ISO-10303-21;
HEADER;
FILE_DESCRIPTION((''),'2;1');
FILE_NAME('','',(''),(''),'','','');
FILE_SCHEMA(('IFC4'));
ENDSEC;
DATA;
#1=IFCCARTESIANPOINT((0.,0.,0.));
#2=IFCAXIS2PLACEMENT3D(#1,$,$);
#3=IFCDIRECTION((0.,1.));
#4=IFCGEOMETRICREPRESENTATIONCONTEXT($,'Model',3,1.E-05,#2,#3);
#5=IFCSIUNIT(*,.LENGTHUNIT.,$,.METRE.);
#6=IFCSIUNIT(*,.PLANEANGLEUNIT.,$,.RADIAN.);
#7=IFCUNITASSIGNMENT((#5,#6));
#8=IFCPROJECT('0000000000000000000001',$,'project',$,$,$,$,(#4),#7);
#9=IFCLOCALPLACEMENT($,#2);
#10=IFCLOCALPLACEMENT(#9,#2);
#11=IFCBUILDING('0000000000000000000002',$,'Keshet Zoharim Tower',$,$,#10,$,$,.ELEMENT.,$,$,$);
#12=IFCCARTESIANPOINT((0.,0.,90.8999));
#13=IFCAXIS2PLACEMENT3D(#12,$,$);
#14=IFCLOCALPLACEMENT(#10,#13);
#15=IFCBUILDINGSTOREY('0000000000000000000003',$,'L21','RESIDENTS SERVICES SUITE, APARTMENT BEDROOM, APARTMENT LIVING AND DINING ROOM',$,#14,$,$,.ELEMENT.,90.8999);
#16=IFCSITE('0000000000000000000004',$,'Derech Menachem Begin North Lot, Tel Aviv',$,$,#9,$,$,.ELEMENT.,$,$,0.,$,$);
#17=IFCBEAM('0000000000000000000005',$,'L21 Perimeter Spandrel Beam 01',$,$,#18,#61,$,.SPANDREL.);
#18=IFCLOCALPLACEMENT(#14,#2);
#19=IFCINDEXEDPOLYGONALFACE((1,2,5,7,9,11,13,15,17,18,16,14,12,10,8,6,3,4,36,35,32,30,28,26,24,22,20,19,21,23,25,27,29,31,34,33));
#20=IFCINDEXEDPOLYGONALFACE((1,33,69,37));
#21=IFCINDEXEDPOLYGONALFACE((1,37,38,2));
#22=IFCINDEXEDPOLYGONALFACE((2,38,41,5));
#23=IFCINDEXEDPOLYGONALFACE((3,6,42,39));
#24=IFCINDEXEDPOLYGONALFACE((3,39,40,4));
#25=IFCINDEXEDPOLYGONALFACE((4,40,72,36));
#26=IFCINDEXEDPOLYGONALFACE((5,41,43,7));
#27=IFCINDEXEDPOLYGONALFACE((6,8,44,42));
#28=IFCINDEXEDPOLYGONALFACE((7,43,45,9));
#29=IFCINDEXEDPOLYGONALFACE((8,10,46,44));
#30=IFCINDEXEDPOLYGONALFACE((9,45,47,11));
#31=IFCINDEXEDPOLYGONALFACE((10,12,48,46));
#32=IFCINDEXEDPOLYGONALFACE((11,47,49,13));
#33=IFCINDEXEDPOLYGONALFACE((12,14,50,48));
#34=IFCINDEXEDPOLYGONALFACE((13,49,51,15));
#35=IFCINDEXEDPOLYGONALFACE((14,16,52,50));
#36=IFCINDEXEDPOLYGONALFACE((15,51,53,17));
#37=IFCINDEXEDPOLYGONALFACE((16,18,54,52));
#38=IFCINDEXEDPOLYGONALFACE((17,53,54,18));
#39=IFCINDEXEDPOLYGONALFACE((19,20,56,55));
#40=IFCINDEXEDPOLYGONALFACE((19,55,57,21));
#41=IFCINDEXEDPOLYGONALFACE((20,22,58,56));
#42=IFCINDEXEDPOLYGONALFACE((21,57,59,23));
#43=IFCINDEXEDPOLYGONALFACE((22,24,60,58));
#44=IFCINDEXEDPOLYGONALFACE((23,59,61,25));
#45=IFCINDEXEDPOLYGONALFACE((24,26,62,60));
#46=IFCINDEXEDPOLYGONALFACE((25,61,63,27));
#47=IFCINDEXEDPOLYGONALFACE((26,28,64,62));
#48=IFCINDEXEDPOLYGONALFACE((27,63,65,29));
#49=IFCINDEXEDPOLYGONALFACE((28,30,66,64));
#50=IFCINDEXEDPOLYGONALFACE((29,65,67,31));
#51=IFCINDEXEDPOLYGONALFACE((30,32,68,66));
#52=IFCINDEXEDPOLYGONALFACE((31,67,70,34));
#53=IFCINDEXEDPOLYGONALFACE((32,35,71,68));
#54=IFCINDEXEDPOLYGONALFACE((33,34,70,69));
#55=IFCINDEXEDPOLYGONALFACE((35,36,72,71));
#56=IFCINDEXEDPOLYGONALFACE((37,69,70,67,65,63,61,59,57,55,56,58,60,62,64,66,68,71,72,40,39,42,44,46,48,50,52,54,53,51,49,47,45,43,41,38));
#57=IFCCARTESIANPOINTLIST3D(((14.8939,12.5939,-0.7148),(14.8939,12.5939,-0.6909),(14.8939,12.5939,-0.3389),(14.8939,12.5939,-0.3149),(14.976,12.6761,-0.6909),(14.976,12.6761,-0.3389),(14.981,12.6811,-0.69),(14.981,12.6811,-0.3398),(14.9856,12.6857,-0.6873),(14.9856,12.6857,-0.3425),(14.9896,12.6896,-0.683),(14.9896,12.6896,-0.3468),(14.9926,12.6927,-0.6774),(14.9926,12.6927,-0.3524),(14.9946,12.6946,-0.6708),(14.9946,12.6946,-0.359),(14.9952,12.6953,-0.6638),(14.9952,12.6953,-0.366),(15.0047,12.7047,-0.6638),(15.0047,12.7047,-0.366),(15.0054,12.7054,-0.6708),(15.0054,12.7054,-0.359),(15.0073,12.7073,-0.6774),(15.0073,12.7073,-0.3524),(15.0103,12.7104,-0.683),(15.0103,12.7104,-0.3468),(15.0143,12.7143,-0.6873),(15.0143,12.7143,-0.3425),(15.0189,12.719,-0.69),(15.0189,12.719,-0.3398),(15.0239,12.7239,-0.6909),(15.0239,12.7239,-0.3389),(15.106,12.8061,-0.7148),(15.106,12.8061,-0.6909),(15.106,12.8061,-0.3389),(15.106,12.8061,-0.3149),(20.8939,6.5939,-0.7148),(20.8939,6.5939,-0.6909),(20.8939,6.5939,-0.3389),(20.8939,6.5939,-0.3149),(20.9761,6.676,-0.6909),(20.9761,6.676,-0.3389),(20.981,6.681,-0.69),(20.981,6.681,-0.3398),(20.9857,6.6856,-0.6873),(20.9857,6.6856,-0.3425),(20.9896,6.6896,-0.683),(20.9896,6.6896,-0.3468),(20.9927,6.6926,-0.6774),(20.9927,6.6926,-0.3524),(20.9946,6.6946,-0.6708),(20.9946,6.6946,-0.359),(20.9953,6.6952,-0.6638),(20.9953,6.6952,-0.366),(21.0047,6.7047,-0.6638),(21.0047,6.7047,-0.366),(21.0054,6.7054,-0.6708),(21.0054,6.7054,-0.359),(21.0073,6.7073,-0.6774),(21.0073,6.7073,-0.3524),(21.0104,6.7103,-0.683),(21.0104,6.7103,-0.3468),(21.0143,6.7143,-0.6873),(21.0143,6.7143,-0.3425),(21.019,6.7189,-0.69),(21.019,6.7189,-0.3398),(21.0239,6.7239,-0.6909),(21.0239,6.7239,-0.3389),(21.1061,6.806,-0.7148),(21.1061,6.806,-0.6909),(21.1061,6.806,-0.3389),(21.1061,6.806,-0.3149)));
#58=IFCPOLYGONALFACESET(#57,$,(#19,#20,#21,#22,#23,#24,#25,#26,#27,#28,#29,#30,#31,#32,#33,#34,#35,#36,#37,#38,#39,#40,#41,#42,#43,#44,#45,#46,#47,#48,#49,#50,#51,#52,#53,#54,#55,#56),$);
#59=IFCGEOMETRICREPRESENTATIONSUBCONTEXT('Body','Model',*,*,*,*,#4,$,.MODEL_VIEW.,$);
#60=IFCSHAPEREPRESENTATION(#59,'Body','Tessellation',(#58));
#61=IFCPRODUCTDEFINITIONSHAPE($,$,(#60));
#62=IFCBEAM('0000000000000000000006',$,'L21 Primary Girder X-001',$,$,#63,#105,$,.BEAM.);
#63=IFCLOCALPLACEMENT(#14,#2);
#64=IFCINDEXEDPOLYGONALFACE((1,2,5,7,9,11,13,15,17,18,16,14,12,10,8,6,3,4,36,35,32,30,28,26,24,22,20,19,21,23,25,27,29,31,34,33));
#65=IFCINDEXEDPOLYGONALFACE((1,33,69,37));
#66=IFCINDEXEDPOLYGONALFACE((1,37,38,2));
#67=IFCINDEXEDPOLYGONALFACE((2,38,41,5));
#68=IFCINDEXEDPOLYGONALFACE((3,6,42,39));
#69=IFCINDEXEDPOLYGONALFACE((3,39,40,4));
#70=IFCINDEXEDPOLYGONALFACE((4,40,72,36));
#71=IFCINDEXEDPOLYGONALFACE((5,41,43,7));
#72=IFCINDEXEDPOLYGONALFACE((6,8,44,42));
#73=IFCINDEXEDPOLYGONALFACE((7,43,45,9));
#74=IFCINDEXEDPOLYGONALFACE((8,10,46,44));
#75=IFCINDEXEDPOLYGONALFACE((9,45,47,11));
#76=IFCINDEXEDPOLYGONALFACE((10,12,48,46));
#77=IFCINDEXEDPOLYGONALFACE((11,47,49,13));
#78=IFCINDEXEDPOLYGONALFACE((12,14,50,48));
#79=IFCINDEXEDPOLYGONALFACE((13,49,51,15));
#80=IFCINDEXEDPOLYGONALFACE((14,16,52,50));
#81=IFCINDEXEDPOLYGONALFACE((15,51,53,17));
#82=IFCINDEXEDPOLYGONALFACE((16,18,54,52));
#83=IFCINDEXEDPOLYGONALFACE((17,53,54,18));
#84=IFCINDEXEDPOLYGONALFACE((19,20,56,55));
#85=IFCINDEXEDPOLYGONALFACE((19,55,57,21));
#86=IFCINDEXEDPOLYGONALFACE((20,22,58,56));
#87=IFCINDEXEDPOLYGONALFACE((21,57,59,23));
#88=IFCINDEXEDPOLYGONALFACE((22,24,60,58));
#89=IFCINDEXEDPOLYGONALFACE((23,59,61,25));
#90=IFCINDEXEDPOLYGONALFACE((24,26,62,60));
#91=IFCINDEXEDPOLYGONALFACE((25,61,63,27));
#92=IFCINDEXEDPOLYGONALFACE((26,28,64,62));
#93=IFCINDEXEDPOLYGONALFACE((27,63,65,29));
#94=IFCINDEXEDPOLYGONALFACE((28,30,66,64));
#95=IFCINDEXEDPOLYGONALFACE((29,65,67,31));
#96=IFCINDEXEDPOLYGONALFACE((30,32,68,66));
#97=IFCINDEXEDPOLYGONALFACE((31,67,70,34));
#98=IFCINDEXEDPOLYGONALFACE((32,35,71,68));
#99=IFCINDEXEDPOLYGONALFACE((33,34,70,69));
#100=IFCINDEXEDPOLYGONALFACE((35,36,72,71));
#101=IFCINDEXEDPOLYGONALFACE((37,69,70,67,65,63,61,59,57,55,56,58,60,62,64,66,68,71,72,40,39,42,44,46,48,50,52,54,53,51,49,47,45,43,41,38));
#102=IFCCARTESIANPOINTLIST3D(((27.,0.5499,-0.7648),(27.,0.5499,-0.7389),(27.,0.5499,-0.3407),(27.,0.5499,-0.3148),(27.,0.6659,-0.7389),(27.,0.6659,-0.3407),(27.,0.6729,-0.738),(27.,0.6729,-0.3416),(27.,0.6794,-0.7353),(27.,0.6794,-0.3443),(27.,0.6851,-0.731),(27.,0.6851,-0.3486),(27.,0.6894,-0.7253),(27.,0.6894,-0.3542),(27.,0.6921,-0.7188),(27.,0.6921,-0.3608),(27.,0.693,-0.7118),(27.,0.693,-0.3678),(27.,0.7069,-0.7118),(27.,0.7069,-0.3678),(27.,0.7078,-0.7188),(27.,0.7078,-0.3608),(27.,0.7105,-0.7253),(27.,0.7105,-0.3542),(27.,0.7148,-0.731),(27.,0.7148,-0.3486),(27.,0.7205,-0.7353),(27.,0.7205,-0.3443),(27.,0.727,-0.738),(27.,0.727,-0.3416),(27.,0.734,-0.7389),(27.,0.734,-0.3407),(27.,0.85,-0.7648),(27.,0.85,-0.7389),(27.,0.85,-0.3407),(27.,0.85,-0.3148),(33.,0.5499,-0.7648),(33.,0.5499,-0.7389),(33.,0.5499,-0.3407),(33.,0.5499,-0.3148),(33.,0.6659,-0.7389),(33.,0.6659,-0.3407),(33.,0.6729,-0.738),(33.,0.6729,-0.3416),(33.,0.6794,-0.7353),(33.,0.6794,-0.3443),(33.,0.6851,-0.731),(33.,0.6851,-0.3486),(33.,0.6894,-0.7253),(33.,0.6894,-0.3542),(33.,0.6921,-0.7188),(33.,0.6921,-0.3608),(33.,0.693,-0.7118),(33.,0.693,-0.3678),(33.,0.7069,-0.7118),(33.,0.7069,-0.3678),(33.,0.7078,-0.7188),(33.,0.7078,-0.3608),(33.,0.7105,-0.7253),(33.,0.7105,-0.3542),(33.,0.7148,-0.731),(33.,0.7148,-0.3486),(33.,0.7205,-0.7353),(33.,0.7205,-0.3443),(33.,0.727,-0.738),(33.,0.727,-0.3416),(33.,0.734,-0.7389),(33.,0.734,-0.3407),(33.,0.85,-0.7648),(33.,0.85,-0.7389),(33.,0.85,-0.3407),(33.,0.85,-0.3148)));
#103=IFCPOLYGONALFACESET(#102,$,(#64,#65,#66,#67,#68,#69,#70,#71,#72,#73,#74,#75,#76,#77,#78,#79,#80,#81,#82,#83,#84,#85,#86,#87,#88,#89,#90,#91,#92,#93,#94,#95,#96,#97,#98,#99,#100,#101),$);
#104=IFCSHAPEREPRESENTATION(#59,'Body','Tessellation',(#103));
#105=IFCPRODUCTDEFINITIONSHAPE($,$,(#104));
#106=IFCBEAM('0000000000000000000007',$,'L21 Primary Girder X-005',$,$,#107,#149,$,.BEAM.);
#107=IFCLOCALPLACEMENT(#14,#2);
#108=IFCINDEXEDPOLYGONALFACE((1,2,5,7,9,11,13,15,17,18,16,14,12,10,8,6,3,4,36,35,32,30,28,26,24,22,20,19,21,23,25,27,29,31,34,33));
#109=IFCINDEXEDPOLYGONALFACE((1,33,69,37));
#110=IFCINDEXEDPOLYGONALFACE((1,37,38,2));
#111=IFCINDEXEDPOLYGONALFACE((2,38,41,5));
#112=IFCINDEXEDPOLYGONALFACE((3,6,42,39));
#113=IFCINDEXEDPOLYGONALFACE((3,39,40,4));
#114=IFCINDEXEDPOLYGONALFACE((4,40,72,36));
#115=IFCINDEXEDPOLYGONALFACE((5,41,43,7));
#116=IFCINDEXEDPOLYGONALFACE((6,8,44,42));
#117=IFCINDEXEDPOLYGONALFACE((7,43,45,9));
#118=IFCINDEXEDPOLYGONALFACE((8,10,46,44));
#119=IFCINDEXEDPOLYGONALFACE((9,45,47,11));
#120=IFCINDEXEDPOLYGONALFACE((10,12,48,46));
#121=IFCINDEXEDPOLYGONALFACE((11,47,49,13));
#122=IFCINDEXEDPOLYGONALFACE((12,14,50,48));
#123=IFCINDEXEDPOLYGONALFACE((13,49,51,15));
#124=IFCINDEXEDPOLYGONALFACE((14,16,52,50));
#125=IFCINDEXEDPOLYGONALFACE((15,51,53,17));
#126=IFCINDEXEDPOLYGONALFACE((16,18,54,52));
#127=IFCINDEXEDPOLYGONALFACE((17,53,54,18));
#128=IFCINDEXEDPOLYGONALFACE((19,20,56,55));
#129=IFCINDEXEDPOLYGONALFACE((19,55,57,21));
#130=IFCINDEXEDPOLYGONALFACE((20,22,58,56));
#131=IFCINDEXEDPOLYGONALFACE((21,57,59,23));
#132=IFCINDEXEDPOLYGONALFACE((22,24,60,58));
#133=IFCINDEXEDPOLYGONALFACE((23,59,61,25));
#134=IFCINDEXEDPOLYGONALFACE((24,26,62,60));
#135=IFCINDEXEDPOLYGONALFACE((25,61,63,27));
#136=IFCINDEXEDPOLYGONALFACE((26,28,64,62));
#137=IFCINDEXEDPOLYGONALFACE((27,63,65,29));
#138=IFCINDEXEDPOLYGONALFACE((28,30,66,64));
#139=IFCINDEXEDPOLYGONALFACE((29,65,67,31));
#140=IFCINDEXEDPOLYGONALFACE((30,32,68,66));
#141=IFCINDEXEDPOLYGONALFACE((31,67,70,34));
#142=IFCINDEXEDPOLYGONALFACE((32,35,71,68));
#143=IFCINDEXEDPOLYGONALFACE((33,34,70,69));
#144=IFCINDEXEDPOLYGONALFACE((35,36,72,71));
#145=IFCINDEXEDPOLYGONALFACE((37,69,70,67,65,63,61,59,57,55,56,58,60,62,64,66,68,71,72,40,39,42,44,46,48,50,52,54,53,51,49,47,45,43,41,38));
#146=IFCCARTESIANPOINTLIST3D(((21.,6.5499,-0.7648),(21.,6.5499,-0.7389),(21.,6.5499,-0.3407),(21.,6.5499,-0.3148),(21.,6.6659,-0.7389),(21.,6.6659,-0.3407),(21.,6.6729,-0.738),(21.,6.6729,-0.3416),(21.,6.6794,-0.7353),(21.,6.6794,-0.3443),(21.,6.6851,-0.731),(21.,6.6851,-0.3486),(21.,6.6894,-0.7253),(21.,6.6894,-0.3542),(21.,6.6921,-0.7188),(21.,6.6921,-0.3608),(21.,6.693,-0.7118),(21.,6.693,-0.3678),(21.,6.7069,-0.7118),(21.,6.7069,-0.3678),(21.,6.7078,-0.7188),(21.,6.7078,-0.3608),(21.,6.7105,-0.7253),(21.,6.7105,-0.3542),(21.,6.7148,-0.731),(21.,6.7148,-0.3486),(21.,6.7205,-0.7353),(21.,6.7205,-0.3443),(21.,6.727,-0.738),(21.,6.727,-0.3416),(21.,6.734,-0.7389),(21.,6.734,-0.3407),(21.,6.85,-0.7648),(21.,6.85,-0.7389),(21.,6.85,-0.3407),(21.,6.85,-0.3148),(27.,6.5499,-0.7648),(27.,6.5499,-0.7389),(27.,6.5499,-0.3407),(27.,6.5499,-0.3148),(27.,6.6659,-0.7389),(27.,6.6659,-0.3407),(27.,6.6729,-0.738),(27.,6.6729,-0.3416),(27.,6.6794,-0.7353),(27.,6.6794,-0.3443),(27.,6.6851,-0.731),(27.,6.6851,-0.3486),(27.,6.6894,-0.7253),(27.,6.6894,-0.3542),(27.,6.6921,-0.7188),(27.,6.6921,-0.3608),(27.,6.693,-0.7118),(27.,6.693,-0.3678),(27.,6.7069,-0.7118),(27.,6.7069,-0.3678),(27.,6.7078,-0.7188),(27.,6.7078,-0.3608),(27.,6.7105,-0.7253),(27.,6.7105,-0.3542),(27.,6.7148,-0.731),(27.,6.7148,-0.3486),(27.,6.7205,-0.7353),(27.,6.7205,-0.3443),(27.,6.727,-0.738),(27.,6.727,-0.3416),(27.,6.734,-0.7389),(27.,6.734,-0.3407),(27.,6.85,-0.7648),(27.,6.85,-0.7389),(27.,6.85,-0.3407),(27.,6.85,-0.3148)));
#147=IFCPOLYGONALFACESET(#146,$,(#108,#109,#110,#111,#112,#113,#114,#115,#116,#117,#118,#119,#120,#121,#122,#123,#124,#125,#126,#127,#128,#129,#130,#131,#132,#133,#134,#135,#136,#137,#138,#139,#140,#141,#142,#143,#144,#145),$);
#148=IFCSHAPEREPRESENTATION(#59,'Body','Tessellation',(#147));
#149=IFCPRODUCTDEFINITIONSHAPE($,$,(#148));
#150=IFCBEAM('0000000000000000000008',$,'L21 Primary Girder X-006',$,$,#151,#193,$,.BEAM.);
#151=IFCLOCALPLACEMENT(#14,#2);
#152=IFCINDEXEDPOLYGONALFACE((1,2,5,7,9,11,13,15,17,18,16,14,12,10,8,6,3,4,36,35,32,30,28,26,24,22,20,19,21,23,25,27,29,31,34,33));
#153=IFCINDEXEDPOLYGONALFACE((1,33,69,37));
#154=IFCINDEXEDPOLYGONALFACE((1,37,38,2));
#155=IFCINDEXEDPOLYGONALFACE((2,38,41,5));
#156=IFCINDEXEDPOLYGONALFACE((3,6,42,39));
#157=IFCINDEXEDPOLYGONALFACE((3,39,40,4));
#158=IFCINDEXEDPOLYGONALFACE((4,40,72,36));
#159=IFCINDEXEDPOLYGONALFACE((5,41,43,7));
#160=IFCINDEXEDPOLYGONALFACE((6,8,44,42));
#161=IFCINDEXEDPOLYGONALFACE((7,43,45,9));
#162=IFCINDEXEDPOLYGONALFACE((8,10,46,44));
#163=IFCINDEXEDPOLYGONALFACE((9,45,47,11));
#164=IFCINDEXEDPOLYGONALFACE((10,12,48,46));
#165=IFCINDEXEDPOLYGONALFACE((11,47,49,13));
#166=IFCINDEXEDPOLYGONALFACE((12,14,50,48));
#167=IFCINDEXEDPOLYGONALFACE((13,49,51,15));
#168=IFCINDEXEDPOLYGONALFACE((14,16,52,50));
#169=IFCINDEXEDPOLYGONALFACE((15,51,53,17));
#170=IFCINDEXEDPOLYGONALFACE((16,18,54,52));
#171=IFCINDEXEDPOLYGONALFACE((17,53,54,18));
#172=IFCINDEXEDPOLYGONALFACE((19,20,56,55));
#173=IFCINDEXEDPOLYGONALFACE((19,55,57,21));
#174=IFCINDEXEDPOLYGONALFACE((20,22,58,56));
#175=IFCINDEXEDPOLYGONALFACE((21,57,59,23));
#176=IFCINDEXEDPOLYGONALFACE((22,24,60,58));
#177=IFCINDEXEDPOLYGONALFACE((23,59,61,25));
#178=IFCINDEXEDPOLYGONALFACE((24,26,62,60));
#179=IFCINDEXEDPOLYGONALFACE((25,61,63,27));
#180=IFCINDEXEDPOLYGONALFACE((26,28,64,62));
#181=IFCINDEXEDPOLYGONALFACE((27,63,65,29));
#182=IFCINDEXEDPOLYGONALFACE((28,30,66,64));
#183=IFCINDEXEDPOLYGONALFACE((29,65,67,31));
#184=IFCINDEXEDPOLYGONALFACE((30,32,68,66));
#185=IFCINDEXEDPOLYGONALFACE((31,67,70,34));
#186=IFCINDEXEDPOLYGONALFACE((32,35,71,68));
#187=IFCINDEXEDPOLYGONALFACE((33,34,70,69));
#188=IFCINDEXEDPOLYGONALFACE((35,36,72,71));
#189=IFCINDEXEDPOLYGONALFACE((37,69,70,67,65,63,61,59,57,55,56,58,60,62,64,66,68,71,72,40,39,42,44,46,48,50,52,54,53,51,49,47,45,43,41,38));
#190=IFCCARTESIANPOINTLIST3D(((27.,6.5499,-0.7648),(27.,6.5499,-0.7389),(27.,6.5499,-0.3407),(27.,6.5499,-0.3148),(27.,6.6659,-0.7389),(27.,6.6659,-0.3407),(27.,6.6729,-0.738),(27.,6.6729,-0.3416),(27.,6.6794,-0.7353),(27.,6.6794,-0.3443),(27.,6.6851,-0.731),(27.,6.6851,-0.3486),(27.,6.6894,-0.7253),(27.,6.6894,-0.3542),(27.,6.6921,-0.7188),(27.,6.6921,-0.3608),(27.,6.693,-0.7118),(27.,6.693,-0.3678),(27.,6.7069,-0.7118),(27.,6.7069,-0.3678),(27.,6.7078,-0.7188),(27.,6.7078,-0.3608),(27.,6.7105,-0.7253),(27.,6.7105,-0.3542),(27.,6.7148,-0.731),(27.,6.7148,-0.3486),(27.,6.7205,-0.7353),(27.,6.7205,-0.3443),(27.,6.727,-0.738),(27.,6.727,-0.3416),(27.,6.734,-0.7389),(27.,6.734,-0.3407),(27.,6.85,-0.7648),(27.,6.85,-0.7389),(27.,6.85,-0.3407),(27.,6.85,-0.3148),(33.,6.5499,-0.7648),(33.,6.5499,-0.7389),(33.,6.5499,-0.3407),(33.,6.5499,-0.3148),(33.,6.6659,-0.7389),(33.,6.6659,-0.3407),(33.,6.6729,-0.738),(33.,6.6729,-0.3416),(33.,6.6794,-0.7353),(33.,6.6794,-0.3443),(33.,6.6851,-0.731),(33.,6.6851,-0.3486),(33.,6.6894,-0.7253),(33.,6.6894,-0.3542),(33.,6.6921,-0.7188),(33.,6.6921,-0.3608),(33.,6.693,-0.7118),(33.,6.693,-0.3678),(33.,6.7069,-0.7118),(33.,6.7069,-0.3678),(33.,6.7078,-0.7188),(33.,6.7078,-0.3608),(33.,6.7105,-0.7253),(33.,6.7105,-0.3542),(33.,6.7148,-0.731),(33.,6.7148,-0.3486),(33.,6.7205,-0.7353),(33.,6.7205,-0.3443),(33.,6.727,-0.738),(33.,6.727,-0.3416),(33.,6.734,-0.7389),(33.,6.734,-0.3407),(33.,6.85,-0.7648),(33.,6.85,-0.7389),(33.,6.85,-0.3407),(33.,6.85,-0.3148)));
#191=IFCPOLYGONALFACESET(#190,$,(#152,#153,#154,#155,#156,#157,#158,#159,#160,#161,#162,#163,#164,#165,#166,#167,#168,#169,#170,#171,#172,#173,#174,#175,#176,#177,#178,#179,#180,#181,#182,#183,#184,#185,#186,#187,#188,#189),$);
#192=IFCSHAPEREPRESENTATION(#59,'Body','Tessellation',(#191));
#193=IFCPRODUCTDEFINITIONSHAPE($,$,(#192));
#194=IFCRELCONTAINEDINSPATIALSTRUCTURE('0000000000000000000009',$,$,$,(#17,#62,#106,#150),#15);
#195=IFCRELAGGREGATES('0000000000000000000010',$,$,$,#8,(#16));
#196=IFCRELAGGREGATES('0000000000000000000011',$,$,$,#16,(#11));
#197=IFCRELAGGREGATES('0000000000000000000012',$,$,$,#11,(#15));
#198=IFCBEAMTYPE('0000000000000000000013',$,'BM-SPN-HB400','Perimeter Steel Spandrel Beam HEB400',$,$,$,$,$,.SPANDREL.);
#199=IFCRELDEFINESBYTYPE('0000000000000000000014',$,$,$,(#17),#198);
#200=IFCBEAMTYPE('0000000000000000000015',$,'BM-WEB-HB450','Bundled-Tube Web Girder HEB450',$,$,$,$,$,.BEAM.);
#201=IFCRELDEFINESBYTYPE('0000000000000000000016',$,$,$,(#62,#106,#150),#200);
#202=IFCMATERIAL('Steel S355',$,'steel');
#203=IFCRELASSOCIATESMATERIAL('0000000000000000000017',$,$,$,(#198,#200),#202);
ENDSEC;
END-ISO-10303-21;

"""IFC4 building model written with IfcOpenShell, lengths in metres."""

from ifc_helpers import new_model, si_unit, direction, frame, origin, origin_2d, place, context, subcontext, project, spatial, i_section, extrude, material, material_profile, profile_set, type_object, element, save


model = new_model("IFC4")

# Units and contexts
model_context = context("Model", 3, precision=1e-05, world=origin(), true_north=direction((0.0, 1.0)))
body_context = subcontext(model_context, "Body", "Model", "MODEL_VIEW")
ifc_project = project(units=[si_unit("LENGTHUNIT", "METRE"), si_unit("PLANEANGLEUNIT", "RADIAN")], contexts=[model_context])

# Site, building, storey
site_placement = place(None, origin())
site = spatial("IfcSite", under=ifc_project, at=site_placement, Name="Derech Menachem Begin North Lot, Tel Aviv", CompositionType="ELEMENT", RefElevation=0.0)
building_placement = place(site_placement, origin())
building = spatial("IfcBuilding", under=site, at=building_placement, Name="Keshet Zoharim Tower", CompositionType="ELEMENT")
storey_placement = place(building_placement, frame((0.0, 0.0, 90.8999)))
storey = spatial("IfcBuildingStorey", under=building, at=storey_placement, Name="L21", Description="RESIDENTS SERVICES SUITE, APARTMENT BEDROOM, APARTMENT LIVING AND DINING ROOM", CompositionType="ELEMENT", Elevation=90.8999)

# Shared definitions
ifc_material_1 = material(Name="Steel S355", Category="steel")

# Beams
ifc_material_profile_1 = material_profile(ifc_material_1, i_section(OverallWidth=0.3, OverallDepth=0.3999, WebThickness=0.0134, FlangeThickness=0.0239, FilletRadius=0.0271, at=origin_2d()), Name="HEB400")
ifc_profile_set_1 = profile_set([ifc_material_profile_1], Name="Steel S355")
beam_type_1 = type_object("IfcBeamType", Name="BM-SPN-HB400", Description="Perimeter Steel Spandrel Beam HEB400", PredefinedType="SPANDREL", material=ifc_profile_set_1)
beam_1_placement = place(storey_placement, frame((21.0, 6.7, -0.5149), z_axis=(-0.707107, 0.707107, 0.0), x_axis=(-0.707107, -0.707107, 0.0)))
element("IfcBeam", 1, at=beam_1_placement, inside=storey, type_object=beam_type_1, Name="L21 Perimeter Spandrel Beam 01", PredefinedType="SPANDREL", context=body_context, shape_type="SweptSolid", body=[
    extrude(i_section(OverallWidth=0.3, OverallDepth=0.3999, WebThickness=0.0134, FlangeThickness=0.0239, FilletRadius=0.0271, at=origin_2d()), origin(), (0.0, 0.0, 1.0), 8.4854),
])
ifc_material_profile_2 = material_profile(ifc_material_1, i_section(OverallWidth=0.3, OverallDepth=0.45, WebThickness=0.0139, FlangeThickness=0.0259, FilletRadius=0.0271, at=origin_2d()), Name="HEB450")
ifc_profile_set_2 = profile_set([ifc_material_profile_2], Name="Steel S355")
beam_type_2 = type_object("IfcBeamType", Name="BM-WEB-HB450", Description="Bundled-Tube Web Girder HEB450", PredefinedType="BEAM", material=ifc_profile_set_2)
for number, where, z_axis, x_axis, name in (
    (2, (27.0, 0.7, -0.5398), (1.0, 0.0, 0.0), (0.0, 1.0, 0.0), "L21 Primary Girder X-001"),
    (3, (21.0, 6.7, -0.5398), (1.0, 0.0, 0.0), (0.0, 1.0, 0.0), "L21 Primary Girder X-005"),
    (4, (27.0, 6.7, -0.5398), (1.0, 0.0, 0.0), (0.0, 1.0, 0.0), "L21 Primary Girder X-006"),
):
    element("IfcBeam", number, at=place(storey_placement, frame(where, z_axis=z_axis, x_axis=x_axis)), inside=storey, type_object=beam_type_2, Name=name, PredefinedType="BEAM", context=body_context, shape_type="SweptSolid", body=[
        extrude(i_section(OverallWidth=0.3, OverallDepth=0.45, WebThickness=0.0139, FlangeThickness=0.0259, FilletRadius=0.0271, at=origin_2d()), origin(), (0.0, 0.0, 1.0), 6.0),
    ])

save(model, "model.ifc")
